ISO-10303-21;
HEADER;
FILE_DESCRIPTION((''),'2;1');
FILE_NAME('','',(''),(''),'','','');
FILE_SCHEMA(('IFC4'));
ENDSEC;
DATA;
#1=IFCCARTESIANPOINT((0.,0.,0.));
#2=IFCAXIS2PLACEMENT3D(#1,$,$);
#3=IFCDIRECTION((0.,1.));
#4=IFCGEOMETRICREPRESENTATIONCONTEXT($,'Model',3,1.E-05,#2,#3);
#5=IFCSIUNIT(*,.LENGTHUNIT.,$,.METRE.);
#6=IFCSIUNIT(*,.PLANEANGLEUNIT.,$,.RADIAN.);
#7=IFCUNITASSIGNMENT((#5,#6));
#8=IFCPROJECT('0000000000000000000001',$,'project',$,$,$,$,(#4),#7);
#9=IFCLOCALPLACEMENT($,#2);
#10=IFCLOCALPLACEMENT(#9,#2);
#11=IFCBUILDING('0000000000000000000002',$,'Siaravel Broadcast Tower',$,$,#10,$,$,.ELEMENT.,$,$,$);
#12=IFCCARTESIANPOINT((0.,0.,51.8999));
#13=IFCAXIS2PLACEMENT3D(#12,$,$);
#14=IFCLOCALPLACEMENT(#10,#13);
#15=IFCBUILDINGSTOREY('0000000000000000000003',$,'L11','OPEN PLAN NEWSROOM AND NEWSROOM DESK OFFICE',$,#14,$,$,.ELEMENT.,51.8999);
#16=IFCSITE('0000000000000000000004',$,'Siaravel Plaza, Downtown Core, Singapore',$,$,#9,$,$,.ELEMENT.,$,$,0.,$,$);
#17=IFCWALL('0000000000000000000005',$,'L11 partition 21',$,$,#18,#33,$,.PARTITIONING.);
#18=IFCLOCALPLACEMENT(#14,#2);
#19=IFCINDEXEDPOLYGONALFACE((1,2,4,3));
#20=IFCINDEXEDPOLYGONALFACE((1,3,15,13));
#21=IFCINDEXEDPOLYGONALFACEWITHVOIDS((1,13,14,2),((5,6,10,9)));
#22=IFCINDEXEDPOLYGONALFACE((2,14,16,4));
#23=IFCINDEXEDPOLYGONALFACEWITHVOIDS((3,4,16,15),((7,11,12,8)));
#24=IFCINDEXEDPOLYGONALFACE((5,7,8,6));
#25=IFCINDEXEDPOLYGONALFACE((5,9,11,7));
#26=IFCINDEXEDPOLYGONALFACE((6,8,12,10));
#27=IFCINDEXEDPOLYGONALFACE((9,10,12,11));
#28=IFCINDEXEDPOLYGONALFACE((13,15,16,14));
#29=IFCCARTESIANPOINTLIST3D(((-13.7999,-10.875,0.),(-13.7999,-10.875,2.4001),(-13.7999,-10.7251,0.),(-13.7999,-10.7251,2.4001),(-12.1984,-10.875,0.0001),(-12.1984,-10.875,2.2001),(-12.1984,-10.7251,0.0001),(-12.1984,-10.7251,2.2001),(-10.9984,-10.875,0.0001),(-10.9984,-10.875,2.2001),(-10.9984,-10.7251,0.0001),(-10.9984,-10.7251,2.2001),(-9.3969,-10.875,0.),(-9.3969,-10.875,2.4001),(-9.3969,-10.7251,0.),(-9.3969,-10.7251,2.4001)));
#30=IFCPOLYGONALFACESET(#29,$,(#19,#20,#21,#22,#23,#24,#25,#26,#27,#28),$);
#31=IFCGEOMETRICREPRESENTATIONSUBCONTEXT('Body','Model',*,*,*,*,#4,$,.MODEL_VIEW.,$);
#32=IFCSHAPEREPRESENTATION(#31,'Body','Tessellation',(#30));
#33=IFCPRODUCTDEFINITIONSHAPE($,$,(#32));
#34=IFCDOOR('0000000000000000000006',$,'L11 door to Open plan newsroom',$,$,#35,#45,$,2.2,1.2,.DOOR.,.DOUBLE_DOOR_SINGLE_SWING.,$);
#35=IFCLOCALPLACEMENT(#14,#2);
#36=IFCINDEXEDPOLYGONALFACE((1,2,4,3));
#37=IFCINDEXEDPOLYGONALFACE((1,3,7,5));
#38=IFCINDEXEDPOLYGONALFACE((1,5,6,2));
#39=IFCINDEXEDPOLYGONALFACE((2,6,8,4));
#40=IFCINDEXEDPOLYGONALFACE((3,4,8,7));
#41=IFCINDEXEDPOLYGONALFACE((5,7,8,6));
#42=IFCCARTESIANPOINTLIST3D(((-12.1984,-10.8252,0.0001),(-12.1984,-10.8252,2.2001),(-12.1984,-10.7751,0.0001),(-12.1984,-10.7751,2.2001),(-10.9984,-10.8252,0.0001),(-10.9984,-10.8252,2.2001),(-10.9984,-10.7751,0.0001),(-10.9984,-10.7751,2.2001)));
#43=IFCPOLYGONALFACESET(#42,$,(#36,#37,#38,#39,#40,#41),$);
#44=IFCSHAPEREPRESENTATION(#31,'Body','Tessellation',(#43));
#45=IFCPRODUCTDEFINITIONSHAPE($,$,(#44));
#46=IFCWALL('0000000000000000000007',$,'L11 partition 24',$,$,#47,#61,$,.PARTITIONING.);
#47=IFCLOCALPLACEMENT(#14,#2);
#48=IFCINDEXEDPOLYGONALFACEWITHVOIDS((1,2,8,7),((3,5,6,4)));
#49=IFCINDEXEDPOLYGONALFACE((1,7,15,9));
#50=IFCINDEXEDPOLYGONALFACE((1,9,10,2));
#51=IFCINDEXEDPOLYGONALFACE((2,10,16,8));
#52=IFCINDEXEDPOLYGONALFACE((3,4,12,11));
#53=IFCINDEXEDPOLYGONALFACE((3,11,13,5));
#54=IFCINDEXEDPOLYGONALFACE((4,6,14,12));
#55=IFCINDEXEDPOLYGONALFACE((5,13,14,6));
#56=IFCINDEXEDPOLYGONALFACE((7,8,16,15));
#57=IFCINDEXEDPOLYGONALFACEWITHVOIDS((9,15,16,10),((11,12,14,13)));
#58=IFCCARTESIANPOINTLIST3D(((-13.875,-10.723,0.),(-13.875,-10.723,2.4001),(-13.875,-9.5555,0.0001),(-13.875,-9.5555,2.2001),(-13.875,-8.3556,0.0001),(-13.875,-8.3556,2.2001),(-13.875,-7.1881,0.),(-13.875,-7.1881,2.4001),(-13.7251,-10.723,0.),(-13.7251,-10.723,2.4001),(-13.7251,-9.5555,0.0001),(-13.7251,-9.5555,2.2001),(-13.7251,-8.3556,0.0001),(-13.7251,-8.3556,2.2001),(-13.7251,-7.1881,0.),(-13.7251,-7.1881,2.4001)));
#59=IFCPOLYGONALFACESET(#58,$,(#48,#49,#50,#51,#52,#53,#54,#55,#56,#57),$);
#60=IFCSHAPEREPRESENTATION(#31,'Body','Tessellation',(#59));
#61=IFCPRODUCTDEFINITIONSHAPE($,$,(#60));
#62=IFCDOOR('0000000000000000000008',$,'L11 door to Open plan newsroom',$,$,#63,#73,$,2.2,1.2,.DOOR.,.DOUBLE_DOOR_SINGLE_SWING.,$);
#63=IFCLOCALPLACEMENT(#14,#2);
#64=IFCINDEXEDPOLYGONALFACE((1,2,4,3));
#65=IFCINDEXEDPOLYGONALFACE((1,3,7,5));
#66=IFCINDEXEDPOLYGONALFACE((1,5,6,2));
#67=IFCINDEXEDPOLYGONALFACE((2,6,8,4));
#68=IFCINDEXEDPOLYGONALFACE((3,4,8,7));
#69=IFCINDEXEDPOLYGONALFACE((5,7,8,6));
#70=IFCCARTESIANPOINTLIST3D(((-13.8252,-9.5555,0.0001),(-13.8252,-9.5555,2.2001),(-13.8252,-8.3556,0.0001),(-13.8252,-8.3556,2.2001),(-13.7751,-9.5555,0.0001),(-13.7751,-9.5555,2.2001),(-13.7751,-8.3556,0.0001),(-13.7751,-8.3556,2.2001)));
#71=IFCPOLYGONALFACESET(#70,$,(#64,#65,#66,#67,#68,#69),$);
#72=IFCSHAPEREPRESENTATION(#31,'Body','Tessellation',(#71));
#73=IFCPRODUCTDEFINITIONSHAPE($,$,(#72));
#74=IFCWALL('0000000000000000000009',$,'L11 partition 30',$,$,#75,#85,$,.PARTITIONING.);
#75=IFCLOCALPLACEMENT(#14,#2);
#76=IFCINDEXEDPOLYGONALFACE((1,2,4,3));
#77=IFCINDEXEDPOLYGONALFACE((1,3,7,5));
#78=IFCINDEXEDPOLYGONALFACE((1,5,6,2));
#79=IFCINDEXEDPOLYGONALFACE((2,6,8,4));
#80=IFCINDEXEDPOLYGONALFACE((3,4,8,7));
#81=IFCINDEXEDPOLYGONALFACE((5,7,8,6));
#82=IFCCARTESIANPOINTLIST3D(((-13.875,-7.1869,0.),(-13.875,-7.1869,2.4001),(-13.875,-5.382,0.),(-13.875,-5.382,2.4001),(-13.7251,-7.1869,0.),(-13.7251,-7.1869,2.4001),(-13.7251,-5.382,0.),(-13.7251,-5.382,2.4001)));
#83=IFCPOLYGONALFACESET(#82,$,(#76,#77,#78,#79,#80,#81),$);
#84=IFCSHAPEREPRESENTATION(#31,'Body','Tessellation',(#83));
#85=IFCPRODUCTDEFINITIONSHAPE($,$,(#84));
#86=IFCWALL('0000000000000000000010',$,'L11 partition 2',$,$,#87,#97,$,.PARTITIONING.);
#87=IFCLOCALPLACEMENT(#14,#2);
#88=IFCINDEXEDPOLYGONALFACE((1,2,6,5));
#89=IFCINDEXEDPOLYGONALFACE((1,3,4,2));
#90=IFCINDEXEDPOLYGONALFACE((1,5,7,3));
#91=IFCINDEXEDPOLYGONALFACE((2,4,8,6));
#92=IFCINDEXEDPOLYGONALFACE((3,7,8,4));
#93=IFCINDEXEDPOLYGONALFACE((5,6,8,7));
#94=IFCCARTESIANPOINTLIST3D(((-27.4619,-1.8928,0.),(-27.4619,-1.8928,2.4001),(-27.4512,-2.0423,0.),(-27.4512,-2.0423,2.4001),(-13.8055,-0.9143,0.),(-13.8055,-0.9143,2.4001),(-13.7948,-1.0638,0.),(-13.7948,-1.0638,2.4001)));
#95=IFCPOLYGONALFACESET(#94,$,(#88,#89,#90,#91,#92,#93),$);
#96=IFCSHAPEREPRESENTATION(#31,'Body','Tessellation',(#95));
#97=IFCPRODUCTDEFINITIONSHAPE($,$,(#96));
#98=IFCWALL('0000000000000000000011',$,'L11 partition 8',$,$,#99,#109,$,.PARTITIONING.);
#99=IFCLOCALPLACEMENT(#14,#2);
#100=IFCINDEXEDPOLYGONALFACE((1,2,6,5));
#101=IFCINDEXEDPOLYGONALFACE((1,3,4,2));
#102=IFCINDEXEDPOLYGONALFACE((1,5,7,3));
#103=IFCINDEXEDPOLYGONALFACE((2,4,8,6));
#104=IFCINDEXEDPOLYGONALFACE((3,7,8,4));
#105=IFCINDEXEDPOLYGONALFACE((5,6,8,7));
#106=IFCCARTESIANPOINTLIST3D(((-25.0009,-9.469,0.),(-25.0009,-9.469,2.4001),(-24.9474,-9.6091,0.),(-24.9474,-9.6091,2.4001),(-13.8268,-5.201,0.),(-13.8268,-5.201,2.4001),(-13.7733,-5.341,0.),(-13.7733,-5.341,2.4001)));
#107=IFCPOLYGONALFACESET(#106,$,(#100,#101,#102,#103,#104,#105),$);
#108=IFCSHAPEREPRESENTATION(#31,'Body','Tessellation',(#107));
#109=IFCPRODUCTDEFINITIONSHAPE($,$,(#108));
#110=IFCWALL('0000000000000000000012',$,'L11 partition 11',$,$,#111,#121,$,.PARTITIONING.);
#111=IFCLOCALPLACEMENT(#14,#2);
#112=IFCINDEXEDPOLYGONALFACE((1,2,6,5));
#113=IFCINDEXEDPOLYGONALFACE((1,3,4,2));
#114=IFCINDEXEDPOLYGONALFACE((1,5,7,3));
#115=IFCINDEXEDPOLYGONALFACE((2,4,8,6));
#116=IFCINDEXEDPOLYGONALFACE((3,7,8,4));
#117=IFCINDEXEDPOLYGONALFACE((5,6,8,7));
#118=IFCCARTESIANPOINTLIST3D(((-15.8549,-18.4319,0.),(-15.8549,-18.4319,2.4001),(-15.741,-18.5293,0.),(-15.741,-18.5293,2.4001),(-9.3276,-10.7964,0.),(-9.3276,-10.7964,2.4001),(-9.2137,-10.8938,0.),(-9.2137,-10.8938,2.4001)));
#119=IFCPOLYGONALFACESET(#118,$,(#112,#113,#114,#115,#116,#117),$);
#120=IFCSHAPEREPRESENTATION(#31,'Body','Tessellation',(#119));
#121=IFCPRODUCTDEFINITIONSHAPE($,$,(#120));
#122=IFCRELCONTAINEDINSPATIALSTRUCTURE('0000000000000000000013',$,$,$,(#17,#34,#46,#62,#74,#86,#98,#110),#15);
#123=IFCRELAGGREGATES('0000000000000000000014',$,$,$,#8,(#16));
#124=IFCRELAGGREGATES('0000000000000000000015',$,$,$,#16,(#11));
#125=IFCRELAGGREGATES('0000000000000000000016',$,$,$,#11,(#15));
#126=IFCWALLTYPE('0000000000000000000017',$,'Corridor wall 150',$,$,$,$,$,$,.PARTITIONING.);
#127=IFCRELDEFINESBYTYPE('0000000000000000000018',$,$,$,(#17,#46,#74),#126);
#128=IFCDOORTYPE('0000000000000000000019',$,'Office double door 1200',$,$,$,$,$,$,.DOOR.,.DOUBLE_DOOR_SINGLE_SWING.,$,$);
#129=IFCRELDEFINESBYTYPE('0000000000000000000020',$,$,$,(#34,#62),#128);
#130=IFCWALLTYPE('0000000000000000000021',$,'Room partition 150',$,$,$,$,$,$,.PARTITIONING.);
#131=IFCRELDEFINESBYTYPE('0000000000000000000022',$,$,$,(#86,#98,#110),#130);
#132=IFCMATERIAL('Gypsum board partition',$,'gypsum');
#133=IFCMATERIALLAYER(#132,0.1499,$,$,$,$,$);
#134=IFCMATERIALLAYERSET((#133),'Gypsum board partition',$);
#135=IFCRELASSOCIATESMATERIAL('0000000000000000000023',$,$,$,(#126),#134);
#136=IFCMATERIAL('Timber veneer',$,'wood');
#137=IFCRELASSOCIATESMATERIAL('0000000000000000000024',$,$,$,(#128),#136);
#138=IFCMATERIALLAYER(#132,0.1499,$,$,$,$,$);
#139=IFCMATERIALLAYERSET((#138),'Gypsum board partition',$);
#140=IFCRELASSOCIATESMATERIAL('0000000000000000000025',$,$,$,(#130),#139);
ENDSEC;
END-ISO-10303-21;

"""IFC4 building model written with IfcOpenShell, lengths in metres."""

from ifc_helpers import new_model, si_unit, direction, frame, frame_2d, origin, place, context, subcontext, project, spatial, rectangle, extrude, material, layer, layer_set, type_object, element, fill, save


model = new_model("IFC4")

# Units and contexts
model_context = context("Model", 3, precision=1e-05, world=origin(), true_north=direction((0.0, 1.0)))
body_context = subcontext(model_context, "Body", "Model", "MODEL_VIEW")
ifc_project = project(units=[si_unit("LENGTHUNIT", "METRE"), si_unit("PLANEANGLEUNIT", "RADIAN")], contexts=[model_context])

# Site, building, storey
site_placement = place(None, origin())
site = spatial("IfcSite", under=ifc_project, at=site_placement, Name="Siaravel Plaza, Downtown Core, Singapore", CompositionType="ELEMENT", RefElevation=0.0)
building_placement = place(site_placement, origin())
building = spatial("IfcBuilding", under=site, at=building_placement, Name="Siaravel Broadcast Tower", CompositionType="ELEMENT")
storey_placement = place(building_placement, frame((0.0, 0.0, 51.8999)))
storey = spatial("IfcBuildingStorey", under=building, at=storey_placement, Name="L11", Description="OPEN PLAN NEWSROOM AND NEWSROOM DESK OFFICE", CompositionType="ELEMENT", Elevation=51.8999)

# Walls, openings, doors
ifc_material_1 = material(Name="Gypsum board partition", Category="gypsum")
ifc_layer_1 = layer(ifc_material_1, 0.1499)
ifc_layer_set_1 = layer_set([ifc_layer_1], Name="Gypsum board partition")
wall_type_1 = type_object("IfcWallType", Name="Corridor wall 150", PredefinedType="PARTITIONING", material=ifc_layer_set_1)
wall_1_placement = place(storey_placement, frame((-13.8, -10.8, 0.0), z_axis=(0.0, 0.0, 1.0), x_axis=(1.0, 0.0, 0.0)))
wall_1 = element("IfcWall", 1, at=wall_1_placement, inside=storey, type_object=wall_type_1, Name="L11 partition 21", PredefinedType="PARTITIONING", context=body_context, shape_type="SweptSolid", body=[
    extrude(rectangle(XDim=4.4031, YDim=0.1499, at=frame_2d((2.2017, 0.0))), origin(), (0.0, 0.0, 1.0), 2.4001),
])
opening_1_placement = place(wall_1_placement, frame((1.6016, 0.0, 0.0)))
opening_1 = element("IfcOpeningElement", 2, at=opening_1_placement, cuts=wall_1, PredefinedType="OPENING", context=body_context, shape_type="SweptSolid", body=[
    extrude(rectangle(XDim=1.2, YDim=2.2, at=frame_2d((0.6001, 1.1001))), frame((0.0, 0.085, 0.0), z_axis=(0.0, -1.0, 0.0), x_axis=(1.0, 0.0, 0.0)), (0.0, 0.0, 1.0), 0.1699),
])
ifc_material_2 = material(Name="Timber veneer", Category="wood")
door_type = type_object("IfcDoorType", Name="Office double door 1200", OperationType="DOUBLE_DOOR_SINGLE_SWING", PredefinedType="DOOR", material=ifc_material_2)
door_1_placement = place(opening_1_placement, origin())
door_1 = element("IfcDoor", 3, at=door_1_placement, inside=storey, type_object=door_type, Name="L11 door to Open plan newsroom", OperationType="DOUBLE_DOOR_SINGLE_SWING", OverallHeight=2.2, OverallWidth=1.2, PredefinedType="DOOR", context=body_context, shape_type="SweptSolid", body=[
    extrude(rectangle(XDim=1.2, YDim=2.2, at=frame_2d((0.6001, 1.1001))), frame((0.0, 0.0249, 0.0), z_axis=(0.0, -1.0, 0.0), x_axis=(1.0, 0.0, 0.0)), (0.0, 0.0, 1.0), 0.05),
])
fill(opening_1, door_1)
wall_2_placement = place(storey_placement, frame((-13.8, -7.188, 0.0), z_axis=(0.0, 0.0, 1.0), x_axis=(0.0, -1.0, 0.0)))
wall_2 = element("IfcWall", 4, at=wall_2_placement, inside=storey, type_object=wall_type_1, Name="L11 partition 24", PredefinedType="PARTITIONING", context=body_context, shape_type="SweptSolid", body=[
    extrude(rectangle(XDim=3.5349, YDim=0.1499, at=frame_2d((1.7676, 0.0))), origin(), (0.0, 0.0, 1.0), 2.4001),
])
opening_2_placement = place(wall_2_placement, frame((1.1675, 0.0, 0.0)))
opening_2 = element("IfcOpeningElement", 5, at=opening_2_placement, cuts=wall_2, PredefinedType="OPENING", context=body_context, shape_type="SweptSolid", body=[
    extrude(rectangle(XDim=1.2, YDim=2.2, at=frame_2d((0.6001, 1.1001))), frame((0.0, 0.085, 0.0), z_axis=(0.0, -1.0, 0.0), x_axis=(1.0, 0.0, 0.0)), (0.0, 0.0, 1.0), 0.1699),
])
door_2_placement = place(opening_2_placement, origin())
door_2 = element("IfcDoor", 6, at=door_2_placement, inside=storey, type_object=door_type, Name="L11 door to Open plan newsroom", OperationType="DOUBLE_DOOR_SINGLE_SWING", OverallHeight=2.2, OverallWidth=1.2, PredefinedType="DOOR", context=body_context, shape_type="SweptSolid", body=[
    extrude(rectangle(XDim=1.2, YDim=2.2, at=frame_2d((0.6001, 1.1001))), frame((0.0, 0.0249, 0.0), z_axis=(0.0, -1.0, 0.0), x_axis=(1.0, 0.0, 0.0)), (0.0, 0.0, 1.0), 0.05),
])
fill(opening_2, door_2)

# Walls
wall_3_placement = place(storey_placement, frame((-13.8, -5.3821, 0.0), z_axis=(0.0, 0.0, 1.0), x_axis=(0.0, -1.0, 0.0)))
element("IfcWall", 7, at=wall_3_placement, inside=storey, type_object=wall_type_1, Name="L11 partition 30", PredefinedType="PARTITIONING", context=body_context, shape_type="SweptSolid", body=[
    extrude(rectangle(XDim=1.8049, YDim=0.1499, at=frame_2d((0.9023, 0.0))), origin(), (0.0, 0.0, 1.0), 2.4001),
])
ifc_layer_2 = layer(ifc_material_1, 0.1499)
ifc_layer_set_2 = layer_set([ifc_layer_2], Name="Gypsum board partition")
wall_type_2 = type_object("IfcWallType", Name="Room partition 150", PredefinedType="PARTITIONING", material=ifc_layer_set_2)
wall_4_placement = place(storey_placement, frame((-27.4565, -1.9675, 0.0), z_axis=(0.0, 0.0, 1.0), x_axis=(0.997443, 0.071469, 0.0)))
element("IfcWall", 8, at=wall_4_placement, inside=storey, type_object=wall_type_2, Name="L11 partition 2", PredefinedType="PARTITIONING", context=body_context, shape_type="SweptSolid", body=[
    extrude(rectangle(XDim=13.6914, YDim=0.1499, at=frame_2d((6.8457, 0.0))), origin(), (0.0, 0.0, 1.0), 2.4001),
])
wall_5_placement = place(storey_placement, frame((-24.9741, -9.5391, 0.0), z_axis=(0.0, 0.0, 1.0), x_axis=(0.934174, 0.356818, 0.0)))
element("IfcWall", 9, at=wall_5_placement, inside=storey, type_object=wall_type_2, Name="L11 partition 8", PredefinedType="PARTITIONING", context=body_context, shape_type="SweptSolid", body=[
    extrude(rectangle(XDim=11.9614, YDim=0.1499, at=frame_2d((5.9807, 0.0))), origin(), (0.0, 0.0, 1.0), 2.4001),
])
wall_6_placement = place(storey_placement, frame((-15.7979, -18.4805, 0.0), z_axis=(0.0, 0.0, 1.0), x_axis=(0.649794, 0.76011, 0.0)))
element("IfcWall", 10, at=wall_6_placement, inside=storey, type_object=wall_type_2, Name="L11 partition 11", PredefinedType="PARTITIONING", context=body_context, shape_type="SweptSolid", body=[
    extrude(rectangle(XDim=10.0452, YDim=0.1499, at=frame_2d((5.0225, 0.0))), origin(), (0.0, 0.0, 1.0), 2.4001),
])

save(model, "model.ifc")
